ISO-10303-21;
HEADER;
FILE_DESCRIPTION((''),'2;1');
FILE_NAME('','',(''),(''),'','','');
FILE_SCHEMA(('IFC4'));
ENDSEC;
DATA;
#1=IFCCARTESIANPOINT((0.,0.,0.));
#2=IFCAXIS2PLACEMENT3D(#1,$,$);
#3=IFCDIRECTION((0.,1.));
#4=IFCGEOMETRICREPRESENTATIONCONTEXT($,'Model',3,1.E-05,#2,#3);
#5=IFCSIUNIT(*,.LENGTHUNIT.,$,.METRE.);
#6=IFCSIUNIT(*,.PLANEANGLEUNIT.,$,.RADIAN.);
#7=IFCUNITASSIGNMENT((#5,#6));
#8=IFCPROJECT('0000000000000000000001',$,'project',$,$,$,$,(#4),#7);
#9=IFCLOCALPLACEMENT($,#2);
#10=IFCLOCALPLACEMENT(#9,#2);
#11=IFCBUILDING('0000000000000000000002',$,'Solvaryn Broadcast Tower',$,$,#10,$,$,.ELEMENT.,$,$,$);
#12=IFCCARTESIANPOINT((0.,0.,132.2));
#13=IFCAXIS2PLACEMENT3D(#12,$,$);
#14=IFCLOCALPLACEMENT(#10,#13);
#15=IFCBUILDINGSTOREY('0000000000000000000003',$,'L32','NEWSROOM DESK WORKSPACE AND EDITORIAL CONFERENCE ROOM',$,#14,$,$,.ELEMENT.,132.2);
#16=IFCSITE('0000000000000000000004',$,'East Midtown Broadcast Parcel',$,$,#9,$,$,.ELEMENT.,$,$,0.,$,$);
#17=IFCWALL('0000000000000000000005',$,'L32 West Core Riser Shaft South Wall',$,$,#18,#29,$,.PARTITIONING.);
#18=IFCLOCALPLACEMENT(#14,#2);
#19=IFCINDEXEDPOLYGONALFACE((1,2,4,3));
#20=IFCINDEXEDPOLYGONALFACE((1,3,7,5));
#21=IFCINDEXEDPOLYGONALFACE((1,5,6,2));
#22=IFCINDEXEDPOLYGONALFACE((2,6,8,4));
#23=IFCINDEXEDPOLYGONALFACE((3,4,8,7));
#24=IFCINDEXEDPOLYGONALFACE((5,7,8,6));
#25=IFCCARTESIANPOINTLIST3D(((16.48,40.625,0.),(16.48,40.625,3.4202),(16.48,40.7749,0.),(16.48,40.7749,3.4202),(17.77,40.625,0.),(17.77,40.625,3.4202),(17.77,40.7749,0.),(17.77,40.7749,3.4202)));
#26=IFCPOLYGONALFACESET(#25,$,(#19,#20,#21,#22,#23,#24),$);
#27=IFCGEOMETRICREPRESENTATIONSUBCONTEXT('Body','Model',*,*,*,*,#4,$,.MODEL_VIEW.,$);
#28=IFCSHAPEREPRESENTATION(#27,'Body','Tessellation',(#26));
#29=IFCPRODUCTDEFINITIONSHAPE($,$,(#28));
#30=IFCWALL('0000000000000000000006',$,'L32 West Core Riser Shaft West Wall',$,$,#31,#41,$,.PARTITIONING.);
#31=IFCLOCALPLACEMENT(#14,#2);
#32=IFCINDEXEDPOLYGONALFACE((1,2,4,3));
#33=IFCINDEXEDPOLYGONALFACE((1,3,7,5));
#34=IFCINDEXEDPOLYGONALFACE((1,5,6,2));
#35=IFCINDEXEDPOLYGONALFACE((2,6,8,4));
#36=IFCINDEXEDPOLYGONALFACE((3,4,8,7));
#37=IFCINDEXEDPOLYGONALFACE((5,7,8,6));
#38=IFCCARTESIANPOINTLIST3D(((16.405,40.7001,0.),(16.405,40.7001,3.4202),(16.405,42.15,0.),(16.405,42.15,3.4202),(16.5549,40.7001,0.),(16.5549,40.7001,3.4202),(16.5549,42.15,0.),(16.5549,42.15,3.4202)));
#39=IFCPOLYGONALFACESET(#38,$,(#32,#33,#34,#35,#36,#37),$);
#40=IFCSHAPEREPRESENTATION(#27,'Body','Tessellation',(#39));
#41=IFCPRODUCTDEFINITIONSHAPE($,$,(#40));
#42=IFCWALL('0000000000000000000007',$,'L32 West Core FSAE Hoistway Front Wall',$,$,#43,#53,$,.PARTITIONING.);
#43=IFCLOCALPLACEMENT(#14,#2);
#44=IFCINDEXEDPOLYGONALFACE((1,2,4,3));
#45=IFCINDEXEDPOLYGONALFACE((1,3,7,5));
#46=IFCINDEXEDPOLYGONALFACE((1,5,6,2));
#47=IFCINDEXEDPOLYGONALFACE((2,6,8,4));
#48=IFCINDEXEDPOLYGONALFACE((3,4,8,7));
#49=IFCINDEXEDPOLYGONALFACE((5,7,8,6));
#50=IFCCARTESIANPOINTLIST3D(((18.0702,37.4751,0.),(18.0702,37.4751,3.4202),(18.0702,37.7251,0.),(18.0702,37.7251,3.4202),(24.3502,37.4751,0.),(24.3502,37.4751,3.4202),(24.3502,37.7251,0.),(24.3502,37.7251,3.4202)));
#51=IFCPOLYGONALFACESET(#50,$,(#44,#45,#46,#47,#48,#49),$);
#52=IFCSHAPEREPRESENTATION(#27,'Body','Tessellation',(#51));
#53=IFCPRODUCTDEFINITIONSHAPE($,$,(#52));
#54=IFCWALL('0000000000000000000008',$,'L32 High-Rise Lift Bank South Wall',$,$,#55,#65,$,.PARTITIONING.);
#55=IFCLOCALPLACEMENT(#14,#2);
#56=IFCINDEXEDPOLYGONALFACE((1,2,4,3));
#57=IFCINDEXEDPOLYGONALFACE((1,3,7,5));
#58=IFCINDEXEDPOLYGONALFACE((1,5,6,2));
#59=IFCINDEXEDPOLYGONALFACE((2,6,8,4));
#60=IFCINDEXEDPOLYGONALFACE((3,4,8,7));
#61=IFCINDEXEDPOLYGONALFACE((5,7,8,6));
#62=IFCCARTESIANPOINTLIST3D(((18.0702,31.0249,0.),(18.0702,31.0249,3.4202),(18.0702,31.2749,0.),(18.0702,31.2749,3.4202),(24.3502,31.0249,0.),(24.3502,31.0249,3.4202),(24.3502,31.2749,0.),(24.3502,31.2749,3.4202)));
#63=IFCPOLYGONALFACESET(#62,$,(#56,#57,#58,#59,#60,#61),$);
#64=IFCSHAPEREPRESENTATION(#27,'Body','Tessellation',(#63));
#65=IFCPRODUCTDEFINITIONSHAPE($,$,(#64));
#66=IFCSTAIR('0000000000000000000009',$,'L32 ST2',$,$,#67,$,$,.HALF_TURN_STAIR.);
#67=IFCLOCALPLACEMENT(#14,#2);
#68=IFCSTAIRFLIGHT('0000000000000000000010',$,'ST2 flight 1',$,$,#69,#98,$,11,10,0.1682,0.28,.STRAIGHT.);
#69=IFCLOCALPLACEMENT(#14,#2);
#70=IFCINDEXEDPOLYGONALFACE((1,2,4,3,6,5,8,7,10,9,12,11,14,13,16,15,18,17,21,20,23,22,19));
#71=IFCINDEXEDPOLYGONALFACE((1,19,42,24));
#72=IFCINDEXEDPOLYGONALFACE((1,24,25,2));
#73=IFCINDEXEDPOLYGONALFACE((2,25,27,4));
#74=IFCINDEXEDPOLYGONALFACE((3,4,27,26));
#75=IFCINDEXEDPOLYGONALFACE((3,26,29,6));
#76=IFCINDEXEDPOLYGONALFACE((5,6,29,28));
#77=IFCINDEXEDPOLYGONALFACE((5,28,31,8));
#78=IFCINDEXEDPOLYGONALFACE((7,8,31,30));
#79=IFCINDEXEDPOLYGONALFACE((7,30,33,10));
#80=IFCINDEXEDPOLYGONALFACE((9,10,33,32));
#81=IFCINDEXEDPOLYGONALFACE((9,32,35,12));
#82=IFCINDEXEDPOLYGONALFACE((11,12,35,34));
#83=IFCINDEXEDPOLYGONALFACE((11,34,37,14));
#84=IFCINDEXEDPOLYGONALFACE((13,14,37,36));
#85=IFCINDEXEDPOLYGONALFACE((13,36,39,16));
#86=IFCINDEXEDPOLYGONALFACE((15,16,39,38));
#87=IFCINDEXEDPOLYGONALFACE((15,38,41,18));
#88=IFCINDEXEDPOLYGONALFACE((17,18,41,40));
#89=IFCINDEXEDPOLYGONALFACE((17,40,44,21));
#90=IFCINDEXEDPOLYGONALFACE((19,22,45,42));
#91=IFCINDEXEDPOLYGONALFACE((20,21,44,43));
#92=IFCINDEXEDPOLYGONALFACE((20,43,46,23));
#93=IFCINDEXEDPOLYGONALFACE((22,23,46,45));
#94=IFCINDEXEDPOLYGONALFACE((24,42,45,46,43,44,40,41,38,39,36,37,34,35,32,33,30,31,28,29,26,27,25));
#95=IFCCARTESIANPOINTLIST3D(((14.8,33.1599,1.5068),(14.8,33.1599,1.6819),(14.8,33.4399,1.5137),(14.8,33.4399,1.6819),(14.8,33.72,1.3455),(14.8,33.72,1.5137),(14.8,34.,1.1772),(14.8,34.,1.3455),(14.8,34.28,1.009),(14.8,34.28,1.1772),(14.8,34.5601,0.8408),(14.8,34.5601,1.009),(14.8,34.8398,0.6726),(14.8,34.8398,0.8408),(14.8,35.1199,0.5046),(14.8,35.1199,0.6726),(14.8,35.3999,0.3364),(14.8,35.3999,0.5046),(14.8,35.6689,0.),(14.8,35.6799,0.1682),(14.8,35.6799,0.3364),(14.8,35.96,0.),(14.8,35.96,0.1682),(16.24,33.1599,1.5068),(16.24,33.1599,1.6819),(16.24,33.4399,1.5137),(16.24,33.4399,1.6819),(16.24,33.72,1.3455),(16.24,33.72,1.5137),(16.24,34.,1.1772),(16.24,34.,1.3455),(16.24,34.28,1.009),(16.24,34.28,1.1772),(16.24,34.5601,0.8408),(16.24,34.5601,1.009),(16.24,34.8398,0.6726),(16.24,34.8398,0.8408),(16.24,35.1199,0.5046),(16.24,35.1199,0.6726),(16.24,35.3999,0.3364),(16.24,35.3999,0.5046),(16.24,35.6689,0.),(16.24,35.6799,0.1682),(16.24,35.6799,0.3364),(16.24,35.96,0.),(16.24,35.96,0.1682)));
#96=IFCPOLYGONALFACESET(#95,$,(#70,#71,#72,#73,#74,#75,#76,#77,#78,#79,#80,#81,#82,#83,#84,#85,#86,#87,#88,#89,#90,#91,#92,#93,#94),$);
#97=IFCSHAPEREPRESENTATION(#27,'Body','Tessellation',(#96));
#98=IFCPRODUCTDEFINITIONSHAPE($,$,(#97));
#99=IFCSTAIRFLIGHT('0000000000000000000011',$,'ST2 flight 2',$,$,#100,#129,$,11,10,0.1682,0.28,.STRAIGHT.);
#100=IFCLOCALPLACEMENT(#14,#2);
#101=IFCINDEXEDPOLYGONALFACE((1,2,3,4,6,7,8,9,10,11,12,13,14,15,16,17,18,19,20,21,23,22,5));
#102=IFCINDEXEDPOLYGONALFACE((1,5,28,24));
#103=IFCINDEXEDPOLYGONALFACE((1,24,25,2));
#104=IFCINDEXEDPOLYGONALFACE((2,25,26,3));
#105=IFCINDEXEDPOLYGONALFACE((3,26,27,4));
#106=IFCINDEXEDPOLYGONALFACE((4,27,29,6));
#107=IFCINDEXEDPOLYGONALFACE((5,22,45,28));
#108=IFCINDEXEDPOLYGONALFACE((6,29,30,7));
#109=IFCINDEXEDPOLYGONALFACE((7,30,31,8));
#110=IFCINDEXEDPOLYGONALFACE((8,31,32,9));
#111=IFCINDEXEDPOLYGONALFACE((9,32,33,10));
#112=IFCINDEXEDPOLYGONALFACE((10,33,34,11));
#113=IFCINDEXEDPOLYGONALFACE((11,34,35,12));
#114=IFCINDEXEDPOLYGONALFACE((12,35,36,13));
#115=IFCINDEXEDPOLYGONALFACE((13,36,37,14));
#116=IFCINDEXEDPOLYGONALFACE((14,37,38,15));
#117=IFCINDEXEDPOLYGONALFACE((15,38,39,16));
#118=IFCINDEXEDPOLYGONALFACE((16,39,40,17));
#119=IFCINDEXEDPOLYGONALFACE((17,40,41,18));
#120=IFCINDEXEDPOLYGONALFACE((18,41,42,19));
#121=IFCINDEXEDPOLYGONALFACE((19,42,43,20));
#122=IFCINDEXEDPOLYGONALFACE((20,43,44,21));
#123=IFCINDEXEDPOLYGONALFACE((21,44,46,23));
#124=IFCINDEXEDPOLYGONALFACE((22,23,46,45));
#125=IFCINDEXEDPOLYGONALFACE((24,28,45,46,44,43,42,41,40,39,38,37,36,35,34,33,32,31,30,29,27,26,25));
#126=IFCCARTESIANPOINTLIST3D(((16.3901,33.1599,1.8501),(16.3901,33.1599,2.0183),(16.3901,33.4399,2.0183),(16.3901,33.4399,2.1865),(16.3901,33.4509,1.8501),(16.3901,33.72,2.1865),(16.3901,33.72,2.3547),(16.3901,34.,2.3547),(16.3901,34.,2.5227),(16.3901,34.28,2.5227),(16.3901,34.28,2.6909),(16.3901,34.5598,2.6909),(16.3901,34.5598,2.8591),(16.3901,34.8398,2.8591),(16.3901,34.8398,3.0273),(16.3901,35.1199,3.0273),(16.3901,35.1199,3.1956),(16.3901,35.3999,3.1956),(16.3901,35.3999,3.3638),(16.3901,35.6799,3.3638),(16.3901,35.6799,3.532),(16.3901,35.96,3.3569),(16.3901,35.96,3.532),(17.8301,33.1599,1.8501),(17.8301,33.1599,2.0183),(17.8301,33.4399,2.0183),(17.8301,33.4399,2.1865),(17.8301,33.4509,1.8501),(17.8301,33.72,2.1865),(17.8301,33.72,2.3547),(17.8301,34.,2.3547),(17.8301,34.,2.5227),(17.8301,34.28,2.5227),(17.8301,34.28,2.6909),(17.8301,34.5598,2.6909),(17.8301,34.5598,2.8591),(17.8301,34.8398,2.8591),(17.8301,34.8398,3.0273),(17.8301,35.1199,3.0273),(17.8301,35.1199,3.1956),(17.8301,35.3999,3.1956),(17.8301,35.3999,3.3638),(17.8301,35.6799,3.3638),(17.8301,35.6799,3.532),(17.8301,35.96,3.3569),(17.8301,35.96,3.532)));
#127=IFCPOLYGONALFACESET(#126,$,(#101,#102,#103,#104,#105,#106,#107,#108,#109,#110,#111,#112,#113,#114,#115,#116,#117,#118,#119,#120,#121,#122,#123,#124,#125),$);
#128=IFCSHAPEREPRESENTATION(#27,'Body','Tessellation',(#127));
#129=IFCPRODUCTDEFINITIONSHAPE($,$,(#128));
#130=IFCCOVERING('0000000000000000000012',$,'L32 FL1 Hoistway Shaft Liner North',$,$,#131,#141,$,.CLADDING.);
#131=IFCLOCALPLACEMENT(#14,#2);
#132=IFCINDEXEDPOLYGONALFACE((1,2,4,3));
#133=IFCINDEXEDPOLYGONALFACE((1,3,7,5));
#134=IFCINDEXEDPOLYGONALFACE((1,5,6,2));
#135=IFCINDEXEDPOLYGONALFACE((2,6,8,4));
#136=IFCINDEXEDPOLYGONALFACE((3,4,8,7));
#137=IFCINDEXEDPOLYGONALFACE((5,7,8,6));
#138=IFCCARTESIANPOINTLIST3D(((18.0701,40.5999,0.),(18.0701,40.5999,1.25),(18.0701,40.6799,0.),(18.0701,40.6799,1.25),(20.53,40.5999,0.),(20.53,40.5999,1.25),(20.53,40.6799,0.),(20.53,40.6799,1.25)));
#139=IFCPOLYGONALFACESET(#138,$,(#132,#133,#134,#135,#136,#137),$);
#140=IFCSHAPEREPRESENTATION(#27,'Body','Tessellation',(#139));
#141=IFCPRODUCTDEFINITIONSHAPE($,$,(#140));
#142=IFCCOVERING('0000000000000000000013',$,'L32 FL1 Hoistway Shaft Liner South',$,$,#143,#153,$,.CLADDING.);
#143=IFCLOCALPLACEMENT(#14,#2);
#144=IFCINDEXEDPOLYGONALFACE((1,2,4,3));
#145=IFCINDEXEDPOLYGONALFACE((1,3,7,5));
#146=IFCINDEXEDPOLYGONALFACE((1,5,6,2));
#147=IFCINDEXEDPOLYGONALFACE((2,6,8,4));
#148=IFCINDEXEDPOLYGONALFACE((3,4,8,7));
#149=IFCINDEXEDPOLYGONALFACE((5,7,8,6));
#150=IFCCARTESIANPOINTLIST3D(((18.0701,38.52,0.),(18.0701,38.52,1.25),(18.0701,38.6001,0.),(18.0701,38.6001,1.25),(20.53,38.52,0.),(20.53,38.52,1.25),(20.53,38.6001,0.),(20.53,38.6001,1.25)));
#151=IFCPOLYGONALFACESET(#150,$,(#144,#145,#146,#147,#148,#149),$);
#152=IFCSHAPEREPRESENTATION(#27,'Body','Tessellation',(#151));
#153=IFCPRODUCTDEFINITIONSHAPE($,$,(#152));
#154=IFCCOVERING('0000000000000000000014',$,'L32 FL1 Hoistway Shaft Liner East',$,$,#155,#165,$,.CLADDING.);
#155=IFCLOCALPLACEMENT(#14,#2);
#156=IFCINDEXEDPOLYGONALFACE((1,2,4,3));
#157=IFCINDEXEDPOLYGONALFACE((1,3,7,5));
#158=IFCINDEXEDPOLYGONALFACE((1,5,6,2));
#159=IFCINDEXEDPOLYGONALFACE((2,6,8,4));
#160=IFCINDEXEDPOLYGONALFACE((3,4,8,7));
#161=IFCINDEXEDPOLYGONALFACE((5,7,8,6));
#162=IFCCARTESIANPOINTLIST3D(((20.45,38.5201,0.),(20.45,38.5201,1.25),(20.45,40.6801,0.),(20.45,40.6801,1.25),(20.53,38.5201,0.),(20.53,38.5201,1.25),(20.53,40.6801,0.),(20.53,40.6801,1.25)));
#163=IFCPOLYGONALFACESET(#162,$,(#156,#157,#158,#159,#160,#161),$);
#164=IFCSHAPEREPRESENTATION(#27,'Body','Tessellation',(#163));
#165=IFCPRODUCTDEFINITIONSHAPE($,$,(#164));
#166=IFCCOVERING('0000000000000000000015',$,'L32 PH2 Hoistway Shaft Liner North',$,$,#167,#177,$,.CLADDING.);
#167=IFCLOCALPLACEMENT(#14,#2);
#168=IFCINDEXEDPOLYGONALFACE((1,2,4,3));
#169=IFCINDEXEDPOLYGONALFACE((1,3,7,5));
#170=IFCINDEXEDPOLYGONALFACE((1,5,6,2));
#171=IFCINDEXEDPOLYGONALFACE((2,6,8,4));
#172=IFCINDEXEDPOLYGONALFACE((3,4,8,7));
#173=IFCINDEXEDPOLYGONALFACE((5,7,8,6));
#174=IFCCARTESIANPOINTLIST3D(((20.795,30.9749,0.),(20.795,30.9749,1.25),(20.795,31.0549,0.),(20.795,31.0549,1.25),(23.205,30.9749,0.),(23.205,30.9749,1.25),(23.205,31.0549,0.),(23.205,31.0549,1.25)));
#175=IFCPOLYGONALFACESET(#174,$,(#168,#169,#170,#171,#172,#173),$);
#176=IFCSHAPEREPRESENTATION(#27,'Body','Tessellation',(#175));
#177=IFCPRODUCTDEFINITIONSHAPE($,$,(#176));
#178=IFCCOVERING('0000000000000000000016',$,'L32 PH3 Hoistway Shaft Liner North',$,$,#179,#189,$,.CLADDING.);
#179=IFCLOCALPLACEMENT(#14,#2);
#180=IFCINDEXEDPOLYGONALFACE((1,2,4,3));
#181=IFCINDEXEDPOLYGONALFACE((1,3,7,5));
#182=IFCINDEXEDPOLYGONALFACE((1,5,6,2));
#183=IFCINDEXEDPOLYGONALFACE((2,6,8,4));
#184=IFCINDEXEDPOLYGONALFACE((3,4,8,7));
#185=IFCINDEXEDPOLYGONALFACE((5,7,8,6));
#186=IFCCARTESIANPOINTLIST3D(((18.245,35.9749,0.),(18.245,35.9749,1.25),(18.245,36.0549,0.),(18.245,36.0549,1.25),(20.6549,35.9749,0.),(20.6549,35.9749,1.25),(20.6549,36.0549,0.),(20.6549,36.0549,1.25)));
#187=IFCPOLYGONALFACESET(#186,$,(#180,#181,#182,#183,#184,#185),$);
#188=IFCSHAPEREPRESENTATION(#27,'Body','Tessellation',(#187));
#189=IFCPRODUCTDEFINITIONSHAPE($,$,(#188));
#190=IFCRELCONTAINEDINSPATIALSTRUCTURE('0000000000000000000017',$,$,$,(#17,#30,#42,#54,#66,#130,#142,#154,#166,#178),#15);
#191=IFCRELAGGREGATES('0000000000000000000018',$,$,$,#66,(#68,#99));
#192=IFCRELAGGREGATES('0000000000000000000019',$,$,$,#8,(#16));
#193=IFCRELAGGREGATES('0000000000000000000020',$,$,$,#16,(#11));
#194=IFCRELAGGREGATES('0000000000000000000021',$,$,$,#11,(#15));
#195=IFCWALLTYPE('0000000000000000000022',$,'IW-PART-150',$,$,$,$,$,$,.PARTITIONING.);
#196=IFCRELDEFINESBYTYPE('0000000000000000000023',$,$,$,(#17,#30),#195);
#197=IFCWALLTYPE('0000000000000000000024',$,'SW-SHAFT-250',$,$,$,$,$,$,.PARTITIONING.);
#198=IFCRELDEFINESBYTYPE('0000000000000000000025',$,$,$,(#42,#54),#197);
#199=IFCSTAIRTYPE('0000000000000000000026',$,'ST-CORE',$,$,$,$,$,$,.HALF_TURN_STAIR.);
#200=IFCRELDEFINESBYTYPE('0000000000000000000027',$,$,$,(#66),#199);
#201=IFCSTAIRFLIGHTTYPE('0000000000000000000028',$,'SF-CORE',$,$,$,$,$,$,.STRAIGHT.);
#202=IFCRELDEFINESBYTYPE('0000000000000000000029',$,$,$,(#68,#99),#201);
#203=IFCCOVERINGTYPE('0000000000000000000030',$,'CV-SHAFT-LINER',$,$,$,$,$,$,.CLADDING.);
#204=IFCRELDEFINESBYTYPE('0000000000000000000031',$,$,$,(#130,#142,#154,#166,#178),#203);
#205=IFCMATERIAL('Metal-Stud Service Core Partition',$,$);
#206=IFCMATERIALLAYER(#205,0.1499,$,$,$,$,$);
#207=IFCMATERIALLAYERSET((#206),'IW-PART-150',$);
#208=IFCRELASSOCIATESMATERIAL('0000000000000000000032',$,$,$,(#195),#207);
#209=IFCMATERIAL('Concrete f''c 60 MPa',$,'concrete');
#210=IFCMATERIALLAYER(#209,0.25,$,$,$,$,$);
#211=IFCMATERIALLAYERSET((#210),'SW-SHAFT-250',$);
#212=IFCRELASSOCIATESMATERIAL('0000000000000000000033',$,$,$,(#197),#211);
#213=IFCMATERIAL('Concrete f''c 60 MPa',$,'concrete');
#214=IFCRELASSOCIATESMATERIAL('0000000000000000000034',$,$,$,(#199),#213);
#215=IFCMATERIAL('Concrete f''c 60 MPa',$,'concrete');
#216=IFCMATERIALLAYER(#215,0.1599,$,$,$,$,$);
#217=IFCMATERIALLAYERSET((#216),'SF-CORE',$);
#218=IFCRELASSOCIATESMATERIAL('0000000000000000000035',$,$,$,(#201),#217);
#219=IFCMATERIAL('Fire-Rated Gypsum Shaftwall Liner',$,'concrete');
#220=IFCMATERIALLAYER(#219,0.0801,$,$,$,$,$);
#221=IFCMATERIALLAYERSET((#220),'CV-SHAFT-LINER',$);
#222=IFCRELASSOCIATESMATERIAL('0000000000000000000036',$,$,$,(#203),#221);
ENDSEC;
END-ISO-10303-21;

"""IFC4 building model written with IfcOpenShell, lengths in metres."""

from ifc_helpers import new_model, si_unit, direction, frame, frame_2d, origin, origin_2d, place, context, subcontext, project, spatial, polyline, rectangle, outline, extrude, material, layer, layer_set, type_object, element, aggregate, save


model = new_model("IFC4")

# Units and contexts
model_context = context("Model", 3, precision=1e-05, world=origin(), true_north=direction((0.0, 1.0)))
body_context = subcontext(model_context, "Body", "Model", "MODEL_VIEW")
ifc_project = project(units=[si_unit("LENGTHUNIT", "METRE"), si_unit("PLANEANGLEUNIT", "RADIAN")], contexts=[model_context])

# Site, building, storey
site_placement = place(None, origin())
site = spatial("IfcSite", under=ifc_project, at=site_placement, Name="East Midtown Broadcast Parcel", CompositionType="ELEMENT", RefElevation=0.0)
building_placement = place(site_placement, origin())
building = spatial("IfcBuilding", under=site, at=building_placement, Name="Solvaryn Broadcast Tower", CompositionType="ELEMENT")
storey_placement = place(building_placement, frame((0.0, 0.0, 132.2)))
storey = spatial("IfcBuildingStorey", under=building, at=storey_placement, Name="L32", Description="NEWSROOM DESK WORKSPACE AND EDITORIAL CONFERENCE ROOM", CompositionType="ELEMENT", Elevation=132.2)

# Walls
ifc_material_1 = material(Name="Metal-Stud Service Core Partition")
ifc_layer_1 = layer(ifc_material_1, 0.1499)
ifc_layer_set_1 = layer_set([ifc_layer_1], Name="IW-PART-150")
wall_type_1 = type_object("IfcWallType", Name="IW-PART-150", PredefinedType="PARTITIONING", material=ifc_layer_set_1)
wall_1_placement = place(storey_placement, frame((16.48, 40.7, 0.0), z_axis=(0.0, 0.0, 1.0), x_axis=(1.0, 0.0, 0.0)))
element("IfcWall", 1, at=wall_1_placement, inside=storey, type_object=wall_type_1, Name="L32 West Core Riser Shaft South Wall", PredefinedType="PARTITIONING", context=body_context, shape_type="SweptSolid", body=[
    extrude(rectangle(XDim=1.29, YDim=0.1499, at=frame_2d((0.645, 0.0))), origin(), (0.0, 0.0, 1.0), 3.4202),
])
wall_2_placement = place(storey_placement, frame((16.48, 40.7, 0.0), z_axis=(0.0, 0.0, 1.0), x_axis=(0.0, 1.0, 0.0)))
element("IfcWall", 2, at=wall_2_placement, inside=storey, type_object=wall_type_1, Name="L32 West Core Riser Shaft West Wall", PredefinedType="PARTITIONING", context=body_context, shape_type="SweptSolid", body=[
    extrude(rectangle(XDim=1.45, YDim=0.1499, at=frame_2d((0.7251, 0.0))), origin(), (0.0, 0.0, 1.0), 3.4202),
])
ifc_material_2 = material(Name="Concrete f'c 60 MPa", Category="concrete")
ifc_layer_2 = layer(ifc_material_2, 0.25)
ifc_layer_set_2 = layer_set([ifc_layer_2], Name="SW-SHAFT-250")
wall_type_2 = type_object("IfcWallType", Name="SW-SHAFT-250", PredefinedType="PARTITIONING", material=ifc_layer_set_2)
for number, where, z_axis, x_axis, name in (
    (3, (18.0701, 37.6001, 0.0), (0.0, 0.0, 1.0), (1.0, 0.0, 0.0), "L32 West Core FSAE Hoistway Front Wall"),
    (4, (18.0701, 31.1499, 0.0), (0.0, 0.0, 1.0), (1.0, 0.0, 0.0), "L32 High-Rise Lift Bank South Wall"),
):
    element("IfcWall", number, at=place(storey_placement, frame(where, z_axis=z_axis, x_axis=x_axis)), inside=storey, type_object=wall_type_2, Name=name, PredefinedType="PARTITIONING", context=body_context, shape_type="SweptSolid", body=[
        extrude(rectangle(XDim=6.28, YDim=0.25, at=frame_2d((3.1401, 0.0))), origin(), (0.0, 0.0, 1.0), 3.4202),
    ])

# Stair, stair flights
ifc_material_3 = material(Name="Concrete f'c 60 MPa", Category="concrete")
stair_type = type_object("IfcStairType", Name="ST-CORE", PredefinedType="HALF_TURN_STAIR", material=ifc_material_3)
stair_placement = place(storey_placement, origin())
stair = element("IfcStair", 5, at=stair_placement, inside=storey, type_object=stair_type, Name="L32 ST2", PredefinedType="HALF_TURN_STAIR")
ifc_material_4 = material(Name="Concrete f'c 60 MPa", Category="concrete")
ifc_layer_3 = layer(ifc_material_4, 0.1599)
ifc_layer_set_3 = layer_set([ifc_layer_3], Name="SF-CORE")
stair_flight_type = type_object("IfcStairFlightType", Name="SF-CORE", PredefinedType="STRAIGHT", material=ifc_layer_set_3)
stair_flight_1_placement = place(storey_placement, frame((15.52, 35.96, 0.0), z_axis=(0.0, 0.0, 1.0), x_axis=(0.0, -1.0, 0.0)))
stair_flight_1 = element("IfcStairFlight", 6, at=stair_flight_1_placement, type_object=stair_flight_type, Name="ST2 flight 1", NumberOfRisers=11, NumberOfTreads=10, PredefinedType="STRAIGHT", RiserHeight=0.1682, TreadLength=0.28, context=body_context, shape_type="SweptSolid", body=[
    extrude(outline(polyline([(0.0, 0.0), (0.0, 0.1682), (0.28, 0.1682), (0.28, 0.3364), (0.5601, 0.3364), (0.5601, 0.5046), (0.8401, 0.5046), (0.8401, 0.6726), (1.1201, 0.6726), (1.1201, 0.8408), (1.3999, 0.8408), (1.3999, 1.009), (1.6799, 1.009), (1.6799, 1.1772), (1.96, 1.1772), (1.96, 1.3455), (2.24, 1.3455), (2.24, 1.5137), (2.52, 1.5137), (2.52, 1.6819), (2.8, 1.6819), (2.8, 1.8501), (2.8, 1.5068), (0.291, 0.0), (0.0, 0.0)])), frame((0.0, 0.72, 0.0), z_axis=(0.0, -1.0, 0.0), x_axis=(1.0, 0.0, 0.0)), (0.0, 0.0, 1.0), 1.4399),
])
stair_flight_2_placement = place(storey_placement, frame((17.1101, 33.1599, 1.8501), z_axis=(0.0, 0.0, 1.0), x_axis=(0.0, 1.0, 0.0)))
stair_flight_2 = element("IfcStairFlight", 7, at=stair_flight_2_placement, type_object=stair_flight_type, Name="ST2 flight 2", NumberOfRisers=11, NumberOfTreads=10, PredefinedType="STRAIGHT", RiserHeight=0.1682, TreadLength=0.28, context=body_context, shape_type="SweptSolid", body=[
    extrude(outline(polyline([(0.0, 0.0), (0.0, 0.1682), (0.28, 0.1682), (0.28, 0.3364), (0.5601, 0.3364), (0.5601, 0.5046), (0.8401, 0.5046), (0.8401, 0.6726), (1.1201, 0.6726), (1.1201, 0.8408), (1.3999, 0.8408), (1.3999, 1.009), (1.6799, 1.009), (1.6799, 1.1772), (1.96, 1.1772), (1.96, 1.3455), (2.24, 1.3455), (2.24, 1.5137), (2.52, 1.5137), (2.52, 1.6819), (2.8, 1.6819), (2.8, 1.8501), (2.8, 1.5068), (0.291, 0.0), (0.0, 0.0)])), frame((0.0, 0.72, 0.0), z_axis=(0.0, -1.0, 0.0), x_axis=(1.0, 0.0, 0.0)), (0.0, 0.0, 1.0), 1.4399),
])
aggregate(stair, [stair_flight_1, stair_flight_2])

# Coverings
ifc_material_5 = material(Name="Fire-Rated Gypsum Shaftwall Liner", Category="concrete")
ifc_layer_4 = layer(ifc_material_5, 0.0801)
ifc_layer_set_4 = layer_set([ifc_layer_4], Name="CV-SHAFT-LINER")
covering_type = type_object("IfcCoveringType", Name="CV-SHAFT-LINER", PredefinedType="CLADDING", material=ifc_layer_set_4)
for number, where, z_axis, x_axis, name in (
    (8, (19.3, 40.6399, 0.0), (0.0, 0.0, 1.0), (1.0, 0.0, 0.0), "L32 FL1 Hoistway Shaft Liner North"),
    (9, (19.3, 38.5601, 0.0), (0.0, 0.0, 1.0), (1.0, 0.0, 0.0), "L32 FL1 Hoistway Shaft Liner South"),
):
    element("IfcCovering", number, at=place(storey_placement, frame(where, z_axis=z_axis, x_axis=x_axis)), inside=storey, type_object=covering_type, Name=name, PredefinedType="CLADDING", context=body_context, shape_type="SweptSolid", body=[
        extrude(rectangle(XDim=2.46, YDim=0.0801, at=origin_2d()), origin(), (0.0, 0.0, 1.0), 1.25),
    ])
covering_placement = place(storey_placement, frame((20.49, 39.6001, 0.0), z_axis=(0.0, 0.0, 1.0), x_axis=(1.0, 0.0, 0.0)))
element("IfcCovering", 10, at=covering_placement, inside=storey, type_object=covering_type, Name="L32 FL1 Hoistway Shaft Liner East", PredefinedType="CLADDING", context=body_context, shape_type="SweptSolid", body=[
    extrude(rectangle(XDim=0.0801, YDim=2.1599, at=origin_2d()), origin(), (0.0, 0.0, 1.0), 1.25),
])
for number, where, z_axis, x_axis, name in (
    (11, (22.0, 31.0149, 0.0), (0.0, 0.0, 1.0), (1.0, 0.0, 0.0), "L32 PH2 Hoistway Shaft Liner North"),
    (12, (19.45, 36.0149, 0.0), (0.0, 0.0, 1.0), (1.0, 0.0, 0.0), "L32 PH3 Hoistway Shaft Liner North"),
):
    element("IfcCovering", number, at=place(storey_placement, frame(where, z_axis=z_axis, x_axis=x_axis)), inside=storey, type_object=covering_type, Name=name, PredefinedType="CLADDING", context=body_context, shape_type="SweptSolid", body=[
        extrude(rectangle(XDim=2.4099, YDim=0.0801, at=origin_2d()), origin(), (0.0, 0.0, 1.0), 1.25),
    ])

save(model, "model.ifc")
